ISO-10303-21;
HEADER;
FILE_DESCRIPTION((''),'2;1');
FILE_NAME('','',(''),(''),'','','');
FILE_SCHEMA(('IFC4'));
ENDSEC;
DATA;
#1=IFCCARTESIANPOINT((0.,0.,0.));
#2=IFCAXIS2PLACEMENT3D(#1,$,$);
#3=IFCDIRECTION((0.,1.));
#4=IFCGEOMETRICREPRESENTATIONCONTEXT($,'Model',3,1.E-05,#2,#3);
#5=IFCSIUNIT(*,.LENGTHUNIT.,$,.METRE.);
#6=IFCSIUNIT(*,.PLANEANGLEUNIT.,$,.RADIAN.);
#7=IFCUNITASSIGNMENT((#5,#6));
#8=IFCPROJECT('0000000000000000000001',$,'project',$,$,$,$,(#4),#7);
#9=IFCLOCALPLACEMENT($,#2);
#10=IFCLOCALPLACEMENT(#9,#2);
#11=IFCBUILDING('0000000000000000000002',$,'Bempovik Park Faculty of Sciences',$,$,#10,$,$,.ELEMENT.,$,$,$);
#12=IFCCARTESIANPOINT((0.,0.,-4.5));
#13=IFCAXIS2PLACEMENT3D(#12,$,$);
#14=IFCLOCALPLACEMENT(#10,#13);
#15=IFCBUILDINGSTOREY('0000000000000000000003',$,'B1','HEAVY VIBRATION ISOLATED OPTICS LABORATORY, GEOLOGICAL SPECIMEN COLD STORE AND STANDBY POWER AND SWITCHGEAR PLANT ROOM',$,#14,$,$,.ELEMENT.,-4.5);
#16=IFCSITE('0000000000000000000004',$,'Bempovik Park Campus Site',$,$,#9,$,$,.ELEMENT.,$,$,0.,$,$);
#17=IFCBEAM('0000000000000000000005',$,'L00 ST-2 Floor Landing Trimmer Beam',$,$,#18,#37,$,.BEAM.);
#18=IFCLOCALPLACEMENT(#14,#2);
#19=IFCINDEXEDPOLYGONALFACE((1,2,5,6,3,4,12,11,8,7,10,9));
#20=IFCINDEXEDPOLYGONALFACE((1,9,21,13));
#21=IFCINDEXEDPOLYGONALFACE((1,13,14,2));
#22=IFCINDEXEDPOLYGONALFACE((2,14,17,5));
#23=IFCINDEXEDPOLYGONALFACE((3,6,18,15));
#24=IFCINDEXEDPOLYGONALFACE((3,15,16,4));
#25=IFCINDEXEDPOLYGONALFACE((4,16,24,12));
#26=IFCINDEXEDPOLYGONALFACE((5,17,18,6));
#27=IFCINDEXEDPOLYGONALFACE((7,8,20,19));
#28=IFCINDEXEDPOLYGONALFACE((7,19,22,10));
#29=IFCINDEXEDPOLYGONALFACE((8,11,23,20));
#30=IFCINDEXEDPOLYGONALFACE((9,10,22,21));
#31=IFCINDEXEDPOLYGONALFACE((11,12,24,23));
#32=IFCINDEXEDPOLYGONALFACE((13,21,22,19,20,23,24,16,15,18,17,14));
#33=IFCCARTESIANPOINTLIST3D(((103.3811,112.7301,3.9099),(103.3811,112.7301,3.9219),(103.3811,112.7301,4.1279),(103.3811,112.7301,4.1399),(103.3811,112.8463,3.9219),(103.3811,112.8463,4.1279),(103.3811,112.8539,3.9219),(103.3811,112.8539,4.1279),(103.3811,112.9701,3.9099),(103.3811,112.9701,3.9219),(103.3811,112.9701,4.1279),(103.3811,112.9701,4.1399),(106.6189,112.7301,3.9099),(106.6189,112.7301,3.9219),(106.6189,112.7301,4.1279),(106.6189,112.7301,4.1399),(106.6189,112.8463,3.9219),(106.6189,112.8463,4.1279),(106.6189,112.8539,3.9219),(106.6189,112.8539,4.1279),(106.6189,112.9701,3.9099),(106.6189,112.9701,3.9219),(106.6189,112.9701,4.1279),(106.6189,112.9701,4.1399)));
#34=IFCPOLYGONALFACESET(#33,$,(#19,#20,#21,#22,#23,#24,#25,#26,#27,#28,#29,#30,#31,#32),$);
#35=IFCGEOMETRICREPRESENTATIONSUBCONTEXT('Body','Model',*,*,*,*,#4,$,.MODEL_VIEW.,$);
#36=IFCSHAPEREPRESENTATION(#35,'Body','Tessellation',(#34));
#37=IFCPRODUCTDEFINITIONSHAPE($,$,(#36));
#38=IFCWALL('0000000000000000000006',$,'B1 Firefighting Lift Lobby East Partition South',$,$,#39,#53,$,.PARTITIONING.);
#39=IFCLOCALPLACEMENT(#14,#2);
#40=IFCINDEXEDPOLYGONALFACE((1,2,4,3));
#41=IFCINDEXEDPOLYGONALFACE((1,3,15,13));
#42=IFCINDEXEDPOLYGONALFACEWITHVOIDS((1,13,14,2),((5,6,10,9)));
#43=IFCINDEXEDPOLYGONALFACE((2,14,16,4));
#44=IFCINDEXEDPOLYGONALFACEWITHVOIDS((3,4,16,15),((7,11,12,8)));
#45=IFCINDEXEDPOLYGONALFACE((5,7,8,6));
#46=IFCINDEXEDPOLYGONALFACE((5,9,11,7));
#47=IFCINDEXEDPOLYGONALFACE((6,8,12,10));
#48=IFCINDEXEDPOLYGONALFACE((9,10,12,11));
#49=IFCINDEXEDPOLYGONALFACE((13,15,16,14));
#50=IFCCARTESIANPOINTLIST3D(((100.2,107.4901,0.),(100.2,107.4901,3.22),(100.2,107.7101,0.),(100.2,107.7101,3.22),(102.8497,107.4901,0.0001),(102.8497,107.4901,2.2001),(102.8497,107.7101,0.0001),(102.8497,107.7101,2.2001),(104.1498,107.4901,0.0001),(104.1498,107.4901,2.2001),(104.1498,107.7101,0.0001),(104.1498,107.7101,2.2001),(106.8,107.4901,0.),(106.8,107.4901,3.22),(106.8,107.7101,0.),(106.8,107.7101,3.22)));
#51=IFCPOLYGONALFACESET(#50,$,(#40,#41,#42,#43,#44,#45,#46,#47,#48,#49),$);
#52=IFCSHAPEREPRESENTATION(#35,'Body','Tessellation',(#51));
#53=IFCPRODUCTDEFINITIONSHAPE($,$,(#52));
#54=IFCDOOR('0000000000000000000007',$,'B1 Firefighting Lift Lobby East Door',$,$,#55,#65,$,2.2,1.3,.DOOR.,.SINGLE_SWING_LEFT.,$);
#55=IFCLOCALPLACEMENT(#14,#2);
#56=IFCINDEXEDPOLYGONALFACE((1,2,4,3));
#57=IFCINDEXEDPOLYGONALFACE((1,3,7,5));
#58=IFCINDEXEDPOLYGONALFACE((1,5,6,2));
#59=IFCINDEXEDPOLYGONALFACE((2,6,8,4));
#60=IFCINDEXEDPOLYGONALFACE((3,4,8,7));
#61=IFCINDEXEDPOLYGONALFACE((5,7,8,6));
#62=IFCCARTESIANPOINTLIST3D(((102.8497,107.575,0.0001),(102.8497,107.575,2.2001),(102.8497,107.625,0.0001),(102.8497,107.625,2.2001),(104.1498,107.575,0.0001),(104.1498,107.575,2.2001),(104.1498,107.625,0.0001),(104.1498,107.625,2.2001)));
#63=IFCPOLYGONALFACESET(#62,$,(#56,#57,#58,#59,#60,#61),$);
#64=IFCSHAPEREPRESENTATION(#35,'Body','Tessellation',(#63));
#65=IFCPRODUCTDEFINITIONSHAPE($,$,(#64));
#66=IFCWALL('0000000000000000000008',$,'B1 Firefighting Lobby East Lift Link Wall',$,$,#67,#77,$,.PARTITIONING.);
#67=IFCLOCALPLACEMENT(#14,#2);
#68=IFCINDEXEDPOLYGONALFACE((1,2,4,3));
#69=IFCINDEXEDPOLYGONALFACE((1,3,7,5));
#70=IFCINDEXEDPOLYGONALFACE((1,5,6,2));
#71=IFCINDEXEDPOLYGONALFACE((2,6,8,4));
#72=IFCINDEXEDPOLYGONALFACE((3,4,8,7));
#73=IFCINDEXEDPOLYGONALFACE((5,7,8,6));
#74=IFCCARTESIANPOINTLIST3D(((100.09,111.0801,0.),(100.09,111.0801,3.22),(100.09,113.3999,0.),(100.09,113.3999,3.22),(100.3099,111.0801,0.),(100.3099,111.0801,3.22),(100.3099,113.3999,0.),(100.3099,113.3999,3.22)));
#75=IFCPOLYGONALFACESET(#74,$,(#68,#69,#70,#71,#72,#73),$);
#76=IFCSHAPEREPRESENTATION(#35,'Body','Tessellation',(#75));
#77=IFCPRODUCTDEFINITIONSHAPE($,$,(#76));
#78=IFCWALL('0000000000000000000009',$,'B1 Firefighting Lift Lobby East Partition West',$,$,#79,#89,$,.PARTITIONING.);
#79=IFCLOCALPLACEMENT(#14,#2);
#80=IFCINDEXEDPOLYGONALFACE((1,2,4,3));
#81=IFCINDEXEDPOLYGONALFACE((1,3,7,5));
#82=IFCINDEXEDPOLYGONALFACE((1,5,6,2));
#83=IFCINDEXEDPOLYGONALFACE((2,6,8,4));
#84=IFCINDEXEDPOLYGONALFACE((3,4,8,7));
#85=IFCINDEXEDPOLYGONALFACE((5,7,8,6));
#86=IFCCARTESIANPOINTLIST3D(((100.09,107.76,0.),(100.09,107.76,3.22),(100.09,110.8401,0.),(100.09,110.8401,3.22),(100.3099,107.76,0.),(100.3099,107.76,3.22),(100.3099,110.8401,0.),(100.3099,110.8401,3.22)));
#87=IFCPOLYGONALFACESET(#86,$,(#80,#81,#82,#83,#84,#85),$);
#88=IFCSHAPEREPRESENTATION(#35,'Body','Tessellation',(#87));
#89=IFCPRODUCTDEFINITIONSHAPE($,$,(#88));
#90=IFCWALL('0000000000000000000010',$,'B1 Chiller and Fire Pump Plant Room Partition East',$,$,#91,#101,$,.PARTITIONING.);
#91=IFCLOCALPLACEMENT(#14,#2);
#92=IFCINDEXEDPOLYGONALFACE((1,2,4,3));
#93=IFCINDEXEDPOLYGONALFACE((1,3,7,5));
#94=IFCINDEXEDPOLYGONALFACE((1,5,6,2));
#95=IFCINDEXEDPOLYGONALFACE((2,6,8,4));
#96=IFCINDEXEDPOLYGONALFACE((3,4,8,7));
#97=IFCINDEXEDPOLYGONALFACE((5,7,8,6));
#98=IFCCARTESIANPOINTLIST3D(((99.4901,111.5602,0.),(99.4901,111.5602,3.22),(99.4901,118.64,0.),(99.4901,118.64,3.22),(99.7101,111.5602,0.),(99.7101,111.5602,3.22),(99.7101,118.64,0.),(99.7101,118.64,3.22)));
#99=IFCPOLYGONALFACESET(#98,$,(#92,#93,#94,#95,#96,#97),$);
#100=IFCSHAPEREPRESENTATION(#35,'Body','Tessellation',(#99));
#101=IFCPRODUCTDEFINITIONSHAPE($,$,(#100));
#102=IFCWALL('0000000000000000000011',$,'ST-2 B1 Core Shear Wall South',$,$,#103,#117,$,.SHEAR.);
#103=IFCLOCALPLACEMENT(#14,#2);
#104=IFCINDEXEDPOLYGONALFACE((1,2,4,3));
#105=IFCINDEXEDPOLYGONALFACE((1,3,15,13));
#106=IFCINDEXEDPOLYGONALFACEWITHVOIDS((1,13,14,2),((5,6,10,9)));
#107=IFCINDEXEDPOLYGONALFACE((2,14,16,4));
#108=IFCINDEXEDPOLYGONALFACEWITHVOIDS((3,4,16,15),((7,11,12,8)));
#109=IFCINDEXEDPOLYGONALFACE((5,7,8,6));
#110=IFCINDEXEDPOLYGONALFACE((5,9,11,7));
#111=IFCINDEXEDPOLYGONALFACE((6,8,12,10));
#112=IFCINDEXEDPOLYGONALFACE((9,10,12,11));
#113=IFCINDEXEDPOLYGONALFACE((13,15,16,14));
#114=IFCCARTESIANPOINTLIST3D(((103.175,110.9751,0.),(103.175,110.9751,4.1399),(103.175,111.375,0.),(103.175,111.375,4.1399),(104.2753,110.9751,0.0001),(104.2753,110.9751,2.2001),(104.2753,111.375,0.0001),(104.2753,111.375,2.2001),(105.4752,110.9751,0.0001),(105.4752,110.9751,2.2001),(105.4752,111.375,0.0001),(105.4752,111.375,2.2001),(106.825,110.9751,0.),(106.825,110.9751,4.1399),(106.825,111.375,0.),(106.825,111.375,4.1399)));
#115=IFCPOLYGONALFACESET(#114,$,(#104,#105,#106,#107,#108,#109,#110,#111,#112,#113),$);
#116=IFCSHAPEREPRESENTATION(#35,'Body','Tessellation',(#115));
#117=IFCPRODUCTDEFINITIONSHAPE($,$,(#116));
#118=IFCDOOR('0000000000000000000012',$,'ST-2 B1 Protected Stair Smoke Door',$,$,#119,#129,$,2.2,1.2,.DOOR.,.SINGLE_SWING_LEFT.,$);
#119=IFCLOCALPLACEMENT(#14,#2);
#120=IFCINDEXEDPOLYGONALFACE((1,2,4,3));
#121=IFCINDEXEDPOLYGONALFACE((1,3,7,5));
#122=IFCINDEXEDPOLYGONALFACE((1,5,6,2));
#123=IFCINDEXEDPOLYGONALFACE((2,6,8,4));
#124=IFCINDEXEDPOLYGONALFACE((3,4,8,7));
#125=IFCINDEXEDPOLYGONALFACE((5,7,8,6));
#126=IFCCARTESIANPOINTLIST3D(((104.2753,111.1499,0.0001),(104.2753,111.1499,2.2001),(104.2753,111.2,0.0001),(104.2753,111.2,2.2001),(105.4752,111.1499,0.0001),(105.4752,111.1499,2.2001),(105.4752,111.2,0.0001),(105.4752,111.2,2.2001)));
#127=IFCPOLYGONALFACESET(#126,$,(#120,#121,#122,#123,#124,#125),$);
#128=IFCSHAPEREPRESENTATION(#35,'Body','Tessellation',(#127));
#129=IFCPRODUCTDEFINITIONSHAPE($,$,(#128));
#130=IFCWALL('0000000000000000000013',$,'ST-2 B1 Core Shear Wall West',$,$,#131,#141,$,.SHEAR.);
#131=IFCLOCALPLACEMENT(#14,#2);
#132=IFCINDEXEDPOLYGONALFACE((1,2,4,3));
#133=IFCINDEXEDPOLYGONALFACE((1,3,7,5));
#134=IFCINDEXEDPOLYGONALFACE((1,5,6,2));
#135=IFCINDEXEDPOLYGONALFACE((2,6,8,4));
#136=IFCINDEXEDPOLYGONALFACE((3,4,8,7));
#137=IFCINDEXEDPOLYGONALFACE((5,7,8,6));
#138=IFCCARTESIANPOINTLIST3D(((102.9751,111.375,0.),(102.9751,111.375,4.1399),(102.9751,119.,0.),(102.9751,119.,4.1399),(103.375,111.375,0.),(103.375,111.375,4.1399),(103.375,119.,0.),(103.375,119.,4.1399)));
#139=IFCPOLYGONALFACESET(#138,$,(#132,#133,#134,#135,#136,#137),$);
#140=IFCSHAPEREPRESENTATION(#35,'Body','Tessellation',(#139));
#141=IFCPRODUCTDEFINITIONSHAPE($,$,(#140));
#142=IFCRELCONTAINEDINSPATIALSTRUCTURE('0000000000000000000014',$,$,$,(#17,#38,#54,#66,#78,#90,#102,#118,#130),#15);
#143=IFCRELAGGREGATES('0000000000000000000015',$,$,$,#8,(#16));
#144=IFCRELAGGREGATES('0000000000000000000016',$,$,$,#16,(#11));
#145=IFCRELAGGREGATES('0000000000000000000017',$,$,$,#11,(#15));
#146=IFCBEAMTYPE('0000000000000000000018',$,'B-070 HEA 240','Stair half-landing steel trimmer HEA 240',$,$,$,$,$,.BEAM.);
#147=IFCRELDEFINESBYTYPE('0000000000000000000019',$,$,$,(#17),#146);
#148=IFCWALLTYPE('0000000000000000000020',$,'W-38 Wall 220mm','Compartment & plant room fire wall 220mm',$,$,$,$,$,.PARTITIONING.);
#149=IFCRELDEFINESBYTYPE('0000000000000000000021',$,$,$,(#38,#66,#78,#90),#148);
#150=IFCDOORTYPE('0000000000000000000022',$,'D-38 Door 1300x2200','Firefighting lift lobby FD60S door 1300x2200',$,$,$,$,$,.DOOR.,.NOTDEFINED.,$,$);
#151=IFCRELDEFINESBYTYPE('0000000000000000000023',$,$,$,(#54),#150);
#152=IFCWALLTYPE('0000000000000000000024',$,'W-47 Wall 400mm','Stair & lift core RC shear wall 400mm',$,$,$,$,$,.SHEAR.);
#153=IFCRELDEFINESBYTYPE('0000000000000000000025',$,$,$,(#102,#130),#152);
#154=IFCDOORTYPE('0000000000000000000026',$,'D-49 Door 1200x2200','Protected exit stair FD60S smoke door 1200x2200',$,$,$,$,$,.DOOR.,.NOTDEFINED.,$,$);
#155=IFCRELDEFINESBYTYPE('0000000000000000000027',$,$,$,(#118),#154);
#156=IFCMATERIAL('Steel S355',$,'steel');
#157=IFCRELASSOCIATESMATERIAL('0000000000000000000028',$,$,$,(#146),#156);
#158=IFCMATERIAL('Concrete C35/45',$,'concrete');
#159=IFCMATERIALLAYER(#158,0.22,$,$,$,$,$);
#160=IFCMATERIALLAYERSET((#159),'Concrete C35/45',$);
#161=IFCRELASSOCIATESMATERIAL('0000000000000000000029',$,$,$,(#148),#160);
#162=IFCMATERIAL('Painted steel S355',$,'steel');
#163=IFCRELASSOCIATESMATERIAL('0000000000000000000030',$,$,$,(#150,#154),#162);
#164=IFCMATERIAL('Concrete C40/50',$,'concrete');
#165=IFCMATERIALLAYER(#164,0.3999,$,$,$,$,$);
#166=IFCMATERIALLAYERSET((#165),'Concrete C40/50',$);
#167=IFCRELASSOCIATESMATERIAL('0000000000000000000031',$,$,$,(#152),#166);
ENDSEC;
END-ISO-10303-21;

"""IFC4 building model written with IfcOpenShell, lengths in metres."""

from ifc_helpers import new_model, si_unit, direction, frame, frame_2d, origin, origin_2d, place, context, subcontext, project, spatial, rectangle, i_section, extrude, material, layer, layer_set, material_profile, profile_set, type_object, element, fill, save


model = new_model("IFC4")

# Units and contexts
model_context = context("Model", 3, precision=1e-05, world=origin(), true_north=direction((0.0, 1.0)))
body_context = subcontext(model_context, "Body", "Model", "MODEL_VIEW")
ifc_project = project(units=[si_unit("LENGTHUNIT", "METRE"), si_unit("PLANEANGLEUNIT", "RADIAN")], contexts=[model_context])

# Site, building, storey
site_placement = place(None, origin())
site = spatial("IfcSite", under=ifc_project, at=site_placement, Name="Bempovik Park Campus Site", CompositionType="ELEMENT", RefElevation=0.0)
building_placement = place(site_placement, origin())
building = spatial("IfcBuilding", under=site, at=building_placement, Name="Bempovik Park Faculty of Sciences", CompositionType="ELEMENT")
storey_placement = place(building_placement, frame((0.0, 0.0, -4.5)))
storey = spatial("IfcBuildingStorey", under=building, at=storey_placement, Name="B1", Description="HEAVY VIBRATION ISOLATED OPTICS LABORATORY, GEOLOGICAL SPECIMEN COLD STORE AND STANDBY POWER AND SWITCHGEAR PLANT ROOM", CompositionType="ELEMENT", Elevation=-4.5)

# Shared definitions
ifc_material_1 = material(Name="Concrete C35/45", Category="concrete")

# Shared definitions
ifc_material_2 = material(Name="Concrete C40/50", Category="concrete")

# Beam
ifc_material_3 = material(Name="Steel S355", Category="steel")
ifc_material_profile_1 = material_profile(ifc_material_3, i_section(OverallWidth=0.24, OverallDepth=0.23, WebThickness=0.0076, FlangeThickness=0.012, at=origin_2d()), Name="HEA 240")
ifc_profile_set_1 = profile_set([ifc_material_profile_1], Name="Steel S355")
beam_type_1 = type_object("IfcBeamType", Name="B-070 HEA 240", Description="Stair half-landing steel trimmer HEA 240", PredefinedType="BEAM", material=ifc_profile_set_1)
beam_1_placement = place(storey_placement, frame((103.3811, 112.8501, 4.0249), z_axis=(1.0, 0.0, 0.0), x_axis=(0.0, 1.0, 0.0)))
element("IfcBeam", 1, at=beam_1_placement, inside=storey, type_object=beam_type_1, Name="L00 ST-2 Floor Landing Trimmer Beam", PredefinedType="BEAM", context=body_context, shape_type="SweptSolid", body=[
    extrude(i_section(OverallWidth=0.24, OverallDepth=0.23, WebThickness=0.0076, FlangeThickness=0.012, at=origin_2d()), origin(), (0.0, 0.0, 1.0), 3.2378),
])

# Wall, opening, door
ifc_layer_1 = layer(ifc_material_1, 0.22)
ifc_layer_set_1 = layer_set([ifc_layer_1], Name="Concrete C35/45")
wall_type_1 = type_object("IfcWallType", Name="W-38 Wall 220mm", Description="Compartment & plant room fire wall 220mm", PredefinedType="PARTITIONING", material=ifc_layer_set_1)
wall_1_placement = place(storey_placement, frame((100.2, 107.6001, 0.0), z_axis=(0.0, 0.0, 1.0), x_axis=(1.0, 0.0, 0.0)))
wall_1 = element("IfcWall", 2, at=wall_1_placement, inside=storey, type_object=wall_type_1, Name="B1 Firefighting Lift Lobby East Partition South", PredefinedType="PARTITIONING", context=body_context, shape_type="SweptSolid", body=[
    extrude(rectangle(XDim=6.6001, YDim=0.22, at=frame_2d((3.3, 0.0))), origin(), (0.0, 0.0, 1.0), 3.22),
])
opening_1_placement = place(wall_1_placement, frame((2.6499, 0.0, 0.0)))
opening_1 = element("IfcOpeningElement", 3, at=opening_1_placement, cuts=wall_1, PredefinedType="OPENING", context=body_context, shape_type="SweptSolid", body=[
    extrude(rectangle(XDim=1.3, YDim=2.2, at=frame_2d((0.6499, 1.1001))), frame((0.0, 0.1201, 0.0), z_axis=(0.0, -1.0, 0.0), x_axis=(1.0, 0.0, 0.0)), (0.0, 0.0, 1.0), 0.24),
])
ifc_material_4 = material(Name="Painted steel S355", Category="steel")
door_type_1 = type_object("IfcDoorType", Name="D-38 Door 1300x2200", Description="Firefighting lift lobby FD60S door 1300x2200", OperationType="NOTDEFINED", PredefinedType="DOOR", material=ifc_material_4)
door_1_placement = place(opening_1_placement, origin())
door_1 = element("IfcDoor", 4, at=door_1_placement, inside=storey, type_object=door_type_1, Name="B1 Firefighting Lift Lobby East Door", OperationType="SINGLE_SWING_LEFT", OverallHeight=2.2, OverallWidth=1.3, PredefinedType="DOOR", context=body_context, shape_type="SweptSolid", body=[
    extrude(rectangle(XDim=1.3, YDim=2.2, at=frame_2d((0.6499, 1.1001))), frame((0.0, 0.0249, 0.0), z_axis=(0.0, -1.0, 0.0), x_axis=(1.0, 0.0, 0.0)), (0.0, 0.0, 1.0), 0.05),
])
fill(opening_1, door_1)

# Walls
wall_2_placement = place(storey_placement, frame((100.2, 111.0801, 0.0), z_axis=(0.0, 0.0, 1.0), x_axis=(0.0, 1.0, 0.0)))
element("IfcWall", 5, at=wall_2_placement, inside=storey, type_object=wall_type_1, Name="B1 Firefighting Lobby East Lift Link Wall", PredefinedType="PARTITIONING", context=body_context, shape_type="SweptSolid", body=[
    extrude(rectangle(XDim=2.3198, YDim=0.22, at=frame_2d((1.1599, 0.0))), origin(), (0.0, 0.0, 1.0), 3.22),
])
wall_3_placement = place(storey_placement, frame((100.2, 107.76, 0.0), z_axis=(0.0, 0.0, 1.0), x_axis=(0.0, 1.0, 0.0)))
element("IfcWall", 6, at=wall_3_placement, inside=storey, type_object=wall_type_1, Name="B1 Firefighting Lift Lobby East Partition West", PredefinedType="PARTITIONING", context=body_context, shape_type="SweptSolid", body=[
    extrude(rectangle(XDim=3.0801, YDim=0.22, at=frame_2d((1.54, 0.0))), origin(), (0.0, 0.0, 1.0), 3.22),
])
wall_4_placement = place(storey_placement, frame((99.6001, 111.5601, 0.0), z_axis=(0.0, 0.0, 1.0), x_axis=(0.0, 1.0, 0.0)))
element("IfcWall", 7, at=wall_4_placement, inside=storey, type_object=wall_type_1, Name="B1 Chiller and Fire Pump Plant Room Partition East", PredefinedType="PARTITIONING", context=body_context, shape_type="SweptSolid", body=[
    extrude(rectangle(XDim=7.0798, YDim=0.22, at=frame_2d((3.54, 0.0))), origin(), (0.0, 0.0, 1.0), 3.22),
])

# Wall, opening, door
ifc_layer_2 = layer(ifc_material_2, 0.3999)
ifc_layer_set_2 = layer_set([ifc_layer_2], Name="Concrete C40/50")
wall_type_2 = type_object("IfcWallType", Name="W-47 Wall 400mm", Description="Stair & lift core RC shear wall 400mm", PredefinedType="SHEAR", material=ifc_layer_set_2)
wall_5_placement = place(storey_placement, frame((103.175, 111.175, 0.0), z_axis=(0.0, 0.0, 1.0), x_axis=(1.0, 0.0, 0.0)))
wall_5 = element("IfcWall", 8, at=wall_5_placement, inside=storey, type_object=wall_type_2, Name="ST-2 B1 Core Shear Wall South", PredefinedType="SHEAR", context=body_context, shape_type="SweptSolid", body=[
    extrude(rectangle(XDim=3.6499, YDim=0.3999, at=frame_2d((1.825, 0.0))), origin(), (0.0, 0.0, 1.0), 4.1399),
])
opening_2_placement = place(wall_5_placement, frame((1.1001, 0.0, 0.0)))
opening_2 = element("IfcOpeningElement", 9, at=opening_2_placement, cuts=wall_5, PredefinedType="OPENING", context=body_context, shape_type="SweptSolid", body=[
    extrude(rectangle(XDim=1.2, YDim=2.2, at=frame_2d((0.6001, 1.1001))), frame((0.0, 0.21, 0.0), z_axis=(0.0, -1.0, 0.0), x_axis=(1.0, 0.0, 0.0)), (0.0, 0.0, 1.0), 0.4199),
])
door_type_2 = type_object("IfcDoorType", Name="D-49 Door 1200x2200", Description="Protected exit stair FD60S smoke door 1200x2200", OperationType="NOTDEFINED", PredefinedType="DOOR", material=ifc_material_4)
door_2_placement = place(opening_2_placement, origin())
door_2 = element("IfcDoor", 10, at=door_2_placement, inside=storey, type_object=door_type_2, Name="ST-2 B1 Protected Stair Smoke Door", OperationType="SINGLE_SWING_LEFT", OverallHeight=2.2, OverallWidth=1.2, PredefinedType="DOOR", context=body_context, shape_type="SweptSolid", body=[
    extrude(rectangle(XDim=1.2, YDim=2.2, at=frame_2d((0.6001, 1.1001))), frame((0.0, 0.0249, 0.0), z_axis=(0.0, -1.0, 0.0), x_axis=(1.0, 0.0, 0.0)), (0.0, 0.0, 1.0), 0.05),
])
fill(opening_2, door_2)

# Wall
wall_6_placement = place(storey_placement, frame((103.175, 111.375, 0.0), z_axis=(0.0, 0.0, 1.0), x_axis=(0.0, 1.0, 0.0)))
element("IfcWall", 11, at=wall_6_placement, inside=storey, type_object=wall_type_2, Name="ST-2 B1 Core Shear Wall West", PredefinedType="SHEAR", context=body_context, shape_type="SweptSolid", body=[
    extrude(rectangle(XDim=7.625, YDim=0.3999, at=frame_2d((3.8125, 0.0))), origin(), (0.0, 0.0, 1.0), 4.1399),
])

save(model, "model.ifc")
